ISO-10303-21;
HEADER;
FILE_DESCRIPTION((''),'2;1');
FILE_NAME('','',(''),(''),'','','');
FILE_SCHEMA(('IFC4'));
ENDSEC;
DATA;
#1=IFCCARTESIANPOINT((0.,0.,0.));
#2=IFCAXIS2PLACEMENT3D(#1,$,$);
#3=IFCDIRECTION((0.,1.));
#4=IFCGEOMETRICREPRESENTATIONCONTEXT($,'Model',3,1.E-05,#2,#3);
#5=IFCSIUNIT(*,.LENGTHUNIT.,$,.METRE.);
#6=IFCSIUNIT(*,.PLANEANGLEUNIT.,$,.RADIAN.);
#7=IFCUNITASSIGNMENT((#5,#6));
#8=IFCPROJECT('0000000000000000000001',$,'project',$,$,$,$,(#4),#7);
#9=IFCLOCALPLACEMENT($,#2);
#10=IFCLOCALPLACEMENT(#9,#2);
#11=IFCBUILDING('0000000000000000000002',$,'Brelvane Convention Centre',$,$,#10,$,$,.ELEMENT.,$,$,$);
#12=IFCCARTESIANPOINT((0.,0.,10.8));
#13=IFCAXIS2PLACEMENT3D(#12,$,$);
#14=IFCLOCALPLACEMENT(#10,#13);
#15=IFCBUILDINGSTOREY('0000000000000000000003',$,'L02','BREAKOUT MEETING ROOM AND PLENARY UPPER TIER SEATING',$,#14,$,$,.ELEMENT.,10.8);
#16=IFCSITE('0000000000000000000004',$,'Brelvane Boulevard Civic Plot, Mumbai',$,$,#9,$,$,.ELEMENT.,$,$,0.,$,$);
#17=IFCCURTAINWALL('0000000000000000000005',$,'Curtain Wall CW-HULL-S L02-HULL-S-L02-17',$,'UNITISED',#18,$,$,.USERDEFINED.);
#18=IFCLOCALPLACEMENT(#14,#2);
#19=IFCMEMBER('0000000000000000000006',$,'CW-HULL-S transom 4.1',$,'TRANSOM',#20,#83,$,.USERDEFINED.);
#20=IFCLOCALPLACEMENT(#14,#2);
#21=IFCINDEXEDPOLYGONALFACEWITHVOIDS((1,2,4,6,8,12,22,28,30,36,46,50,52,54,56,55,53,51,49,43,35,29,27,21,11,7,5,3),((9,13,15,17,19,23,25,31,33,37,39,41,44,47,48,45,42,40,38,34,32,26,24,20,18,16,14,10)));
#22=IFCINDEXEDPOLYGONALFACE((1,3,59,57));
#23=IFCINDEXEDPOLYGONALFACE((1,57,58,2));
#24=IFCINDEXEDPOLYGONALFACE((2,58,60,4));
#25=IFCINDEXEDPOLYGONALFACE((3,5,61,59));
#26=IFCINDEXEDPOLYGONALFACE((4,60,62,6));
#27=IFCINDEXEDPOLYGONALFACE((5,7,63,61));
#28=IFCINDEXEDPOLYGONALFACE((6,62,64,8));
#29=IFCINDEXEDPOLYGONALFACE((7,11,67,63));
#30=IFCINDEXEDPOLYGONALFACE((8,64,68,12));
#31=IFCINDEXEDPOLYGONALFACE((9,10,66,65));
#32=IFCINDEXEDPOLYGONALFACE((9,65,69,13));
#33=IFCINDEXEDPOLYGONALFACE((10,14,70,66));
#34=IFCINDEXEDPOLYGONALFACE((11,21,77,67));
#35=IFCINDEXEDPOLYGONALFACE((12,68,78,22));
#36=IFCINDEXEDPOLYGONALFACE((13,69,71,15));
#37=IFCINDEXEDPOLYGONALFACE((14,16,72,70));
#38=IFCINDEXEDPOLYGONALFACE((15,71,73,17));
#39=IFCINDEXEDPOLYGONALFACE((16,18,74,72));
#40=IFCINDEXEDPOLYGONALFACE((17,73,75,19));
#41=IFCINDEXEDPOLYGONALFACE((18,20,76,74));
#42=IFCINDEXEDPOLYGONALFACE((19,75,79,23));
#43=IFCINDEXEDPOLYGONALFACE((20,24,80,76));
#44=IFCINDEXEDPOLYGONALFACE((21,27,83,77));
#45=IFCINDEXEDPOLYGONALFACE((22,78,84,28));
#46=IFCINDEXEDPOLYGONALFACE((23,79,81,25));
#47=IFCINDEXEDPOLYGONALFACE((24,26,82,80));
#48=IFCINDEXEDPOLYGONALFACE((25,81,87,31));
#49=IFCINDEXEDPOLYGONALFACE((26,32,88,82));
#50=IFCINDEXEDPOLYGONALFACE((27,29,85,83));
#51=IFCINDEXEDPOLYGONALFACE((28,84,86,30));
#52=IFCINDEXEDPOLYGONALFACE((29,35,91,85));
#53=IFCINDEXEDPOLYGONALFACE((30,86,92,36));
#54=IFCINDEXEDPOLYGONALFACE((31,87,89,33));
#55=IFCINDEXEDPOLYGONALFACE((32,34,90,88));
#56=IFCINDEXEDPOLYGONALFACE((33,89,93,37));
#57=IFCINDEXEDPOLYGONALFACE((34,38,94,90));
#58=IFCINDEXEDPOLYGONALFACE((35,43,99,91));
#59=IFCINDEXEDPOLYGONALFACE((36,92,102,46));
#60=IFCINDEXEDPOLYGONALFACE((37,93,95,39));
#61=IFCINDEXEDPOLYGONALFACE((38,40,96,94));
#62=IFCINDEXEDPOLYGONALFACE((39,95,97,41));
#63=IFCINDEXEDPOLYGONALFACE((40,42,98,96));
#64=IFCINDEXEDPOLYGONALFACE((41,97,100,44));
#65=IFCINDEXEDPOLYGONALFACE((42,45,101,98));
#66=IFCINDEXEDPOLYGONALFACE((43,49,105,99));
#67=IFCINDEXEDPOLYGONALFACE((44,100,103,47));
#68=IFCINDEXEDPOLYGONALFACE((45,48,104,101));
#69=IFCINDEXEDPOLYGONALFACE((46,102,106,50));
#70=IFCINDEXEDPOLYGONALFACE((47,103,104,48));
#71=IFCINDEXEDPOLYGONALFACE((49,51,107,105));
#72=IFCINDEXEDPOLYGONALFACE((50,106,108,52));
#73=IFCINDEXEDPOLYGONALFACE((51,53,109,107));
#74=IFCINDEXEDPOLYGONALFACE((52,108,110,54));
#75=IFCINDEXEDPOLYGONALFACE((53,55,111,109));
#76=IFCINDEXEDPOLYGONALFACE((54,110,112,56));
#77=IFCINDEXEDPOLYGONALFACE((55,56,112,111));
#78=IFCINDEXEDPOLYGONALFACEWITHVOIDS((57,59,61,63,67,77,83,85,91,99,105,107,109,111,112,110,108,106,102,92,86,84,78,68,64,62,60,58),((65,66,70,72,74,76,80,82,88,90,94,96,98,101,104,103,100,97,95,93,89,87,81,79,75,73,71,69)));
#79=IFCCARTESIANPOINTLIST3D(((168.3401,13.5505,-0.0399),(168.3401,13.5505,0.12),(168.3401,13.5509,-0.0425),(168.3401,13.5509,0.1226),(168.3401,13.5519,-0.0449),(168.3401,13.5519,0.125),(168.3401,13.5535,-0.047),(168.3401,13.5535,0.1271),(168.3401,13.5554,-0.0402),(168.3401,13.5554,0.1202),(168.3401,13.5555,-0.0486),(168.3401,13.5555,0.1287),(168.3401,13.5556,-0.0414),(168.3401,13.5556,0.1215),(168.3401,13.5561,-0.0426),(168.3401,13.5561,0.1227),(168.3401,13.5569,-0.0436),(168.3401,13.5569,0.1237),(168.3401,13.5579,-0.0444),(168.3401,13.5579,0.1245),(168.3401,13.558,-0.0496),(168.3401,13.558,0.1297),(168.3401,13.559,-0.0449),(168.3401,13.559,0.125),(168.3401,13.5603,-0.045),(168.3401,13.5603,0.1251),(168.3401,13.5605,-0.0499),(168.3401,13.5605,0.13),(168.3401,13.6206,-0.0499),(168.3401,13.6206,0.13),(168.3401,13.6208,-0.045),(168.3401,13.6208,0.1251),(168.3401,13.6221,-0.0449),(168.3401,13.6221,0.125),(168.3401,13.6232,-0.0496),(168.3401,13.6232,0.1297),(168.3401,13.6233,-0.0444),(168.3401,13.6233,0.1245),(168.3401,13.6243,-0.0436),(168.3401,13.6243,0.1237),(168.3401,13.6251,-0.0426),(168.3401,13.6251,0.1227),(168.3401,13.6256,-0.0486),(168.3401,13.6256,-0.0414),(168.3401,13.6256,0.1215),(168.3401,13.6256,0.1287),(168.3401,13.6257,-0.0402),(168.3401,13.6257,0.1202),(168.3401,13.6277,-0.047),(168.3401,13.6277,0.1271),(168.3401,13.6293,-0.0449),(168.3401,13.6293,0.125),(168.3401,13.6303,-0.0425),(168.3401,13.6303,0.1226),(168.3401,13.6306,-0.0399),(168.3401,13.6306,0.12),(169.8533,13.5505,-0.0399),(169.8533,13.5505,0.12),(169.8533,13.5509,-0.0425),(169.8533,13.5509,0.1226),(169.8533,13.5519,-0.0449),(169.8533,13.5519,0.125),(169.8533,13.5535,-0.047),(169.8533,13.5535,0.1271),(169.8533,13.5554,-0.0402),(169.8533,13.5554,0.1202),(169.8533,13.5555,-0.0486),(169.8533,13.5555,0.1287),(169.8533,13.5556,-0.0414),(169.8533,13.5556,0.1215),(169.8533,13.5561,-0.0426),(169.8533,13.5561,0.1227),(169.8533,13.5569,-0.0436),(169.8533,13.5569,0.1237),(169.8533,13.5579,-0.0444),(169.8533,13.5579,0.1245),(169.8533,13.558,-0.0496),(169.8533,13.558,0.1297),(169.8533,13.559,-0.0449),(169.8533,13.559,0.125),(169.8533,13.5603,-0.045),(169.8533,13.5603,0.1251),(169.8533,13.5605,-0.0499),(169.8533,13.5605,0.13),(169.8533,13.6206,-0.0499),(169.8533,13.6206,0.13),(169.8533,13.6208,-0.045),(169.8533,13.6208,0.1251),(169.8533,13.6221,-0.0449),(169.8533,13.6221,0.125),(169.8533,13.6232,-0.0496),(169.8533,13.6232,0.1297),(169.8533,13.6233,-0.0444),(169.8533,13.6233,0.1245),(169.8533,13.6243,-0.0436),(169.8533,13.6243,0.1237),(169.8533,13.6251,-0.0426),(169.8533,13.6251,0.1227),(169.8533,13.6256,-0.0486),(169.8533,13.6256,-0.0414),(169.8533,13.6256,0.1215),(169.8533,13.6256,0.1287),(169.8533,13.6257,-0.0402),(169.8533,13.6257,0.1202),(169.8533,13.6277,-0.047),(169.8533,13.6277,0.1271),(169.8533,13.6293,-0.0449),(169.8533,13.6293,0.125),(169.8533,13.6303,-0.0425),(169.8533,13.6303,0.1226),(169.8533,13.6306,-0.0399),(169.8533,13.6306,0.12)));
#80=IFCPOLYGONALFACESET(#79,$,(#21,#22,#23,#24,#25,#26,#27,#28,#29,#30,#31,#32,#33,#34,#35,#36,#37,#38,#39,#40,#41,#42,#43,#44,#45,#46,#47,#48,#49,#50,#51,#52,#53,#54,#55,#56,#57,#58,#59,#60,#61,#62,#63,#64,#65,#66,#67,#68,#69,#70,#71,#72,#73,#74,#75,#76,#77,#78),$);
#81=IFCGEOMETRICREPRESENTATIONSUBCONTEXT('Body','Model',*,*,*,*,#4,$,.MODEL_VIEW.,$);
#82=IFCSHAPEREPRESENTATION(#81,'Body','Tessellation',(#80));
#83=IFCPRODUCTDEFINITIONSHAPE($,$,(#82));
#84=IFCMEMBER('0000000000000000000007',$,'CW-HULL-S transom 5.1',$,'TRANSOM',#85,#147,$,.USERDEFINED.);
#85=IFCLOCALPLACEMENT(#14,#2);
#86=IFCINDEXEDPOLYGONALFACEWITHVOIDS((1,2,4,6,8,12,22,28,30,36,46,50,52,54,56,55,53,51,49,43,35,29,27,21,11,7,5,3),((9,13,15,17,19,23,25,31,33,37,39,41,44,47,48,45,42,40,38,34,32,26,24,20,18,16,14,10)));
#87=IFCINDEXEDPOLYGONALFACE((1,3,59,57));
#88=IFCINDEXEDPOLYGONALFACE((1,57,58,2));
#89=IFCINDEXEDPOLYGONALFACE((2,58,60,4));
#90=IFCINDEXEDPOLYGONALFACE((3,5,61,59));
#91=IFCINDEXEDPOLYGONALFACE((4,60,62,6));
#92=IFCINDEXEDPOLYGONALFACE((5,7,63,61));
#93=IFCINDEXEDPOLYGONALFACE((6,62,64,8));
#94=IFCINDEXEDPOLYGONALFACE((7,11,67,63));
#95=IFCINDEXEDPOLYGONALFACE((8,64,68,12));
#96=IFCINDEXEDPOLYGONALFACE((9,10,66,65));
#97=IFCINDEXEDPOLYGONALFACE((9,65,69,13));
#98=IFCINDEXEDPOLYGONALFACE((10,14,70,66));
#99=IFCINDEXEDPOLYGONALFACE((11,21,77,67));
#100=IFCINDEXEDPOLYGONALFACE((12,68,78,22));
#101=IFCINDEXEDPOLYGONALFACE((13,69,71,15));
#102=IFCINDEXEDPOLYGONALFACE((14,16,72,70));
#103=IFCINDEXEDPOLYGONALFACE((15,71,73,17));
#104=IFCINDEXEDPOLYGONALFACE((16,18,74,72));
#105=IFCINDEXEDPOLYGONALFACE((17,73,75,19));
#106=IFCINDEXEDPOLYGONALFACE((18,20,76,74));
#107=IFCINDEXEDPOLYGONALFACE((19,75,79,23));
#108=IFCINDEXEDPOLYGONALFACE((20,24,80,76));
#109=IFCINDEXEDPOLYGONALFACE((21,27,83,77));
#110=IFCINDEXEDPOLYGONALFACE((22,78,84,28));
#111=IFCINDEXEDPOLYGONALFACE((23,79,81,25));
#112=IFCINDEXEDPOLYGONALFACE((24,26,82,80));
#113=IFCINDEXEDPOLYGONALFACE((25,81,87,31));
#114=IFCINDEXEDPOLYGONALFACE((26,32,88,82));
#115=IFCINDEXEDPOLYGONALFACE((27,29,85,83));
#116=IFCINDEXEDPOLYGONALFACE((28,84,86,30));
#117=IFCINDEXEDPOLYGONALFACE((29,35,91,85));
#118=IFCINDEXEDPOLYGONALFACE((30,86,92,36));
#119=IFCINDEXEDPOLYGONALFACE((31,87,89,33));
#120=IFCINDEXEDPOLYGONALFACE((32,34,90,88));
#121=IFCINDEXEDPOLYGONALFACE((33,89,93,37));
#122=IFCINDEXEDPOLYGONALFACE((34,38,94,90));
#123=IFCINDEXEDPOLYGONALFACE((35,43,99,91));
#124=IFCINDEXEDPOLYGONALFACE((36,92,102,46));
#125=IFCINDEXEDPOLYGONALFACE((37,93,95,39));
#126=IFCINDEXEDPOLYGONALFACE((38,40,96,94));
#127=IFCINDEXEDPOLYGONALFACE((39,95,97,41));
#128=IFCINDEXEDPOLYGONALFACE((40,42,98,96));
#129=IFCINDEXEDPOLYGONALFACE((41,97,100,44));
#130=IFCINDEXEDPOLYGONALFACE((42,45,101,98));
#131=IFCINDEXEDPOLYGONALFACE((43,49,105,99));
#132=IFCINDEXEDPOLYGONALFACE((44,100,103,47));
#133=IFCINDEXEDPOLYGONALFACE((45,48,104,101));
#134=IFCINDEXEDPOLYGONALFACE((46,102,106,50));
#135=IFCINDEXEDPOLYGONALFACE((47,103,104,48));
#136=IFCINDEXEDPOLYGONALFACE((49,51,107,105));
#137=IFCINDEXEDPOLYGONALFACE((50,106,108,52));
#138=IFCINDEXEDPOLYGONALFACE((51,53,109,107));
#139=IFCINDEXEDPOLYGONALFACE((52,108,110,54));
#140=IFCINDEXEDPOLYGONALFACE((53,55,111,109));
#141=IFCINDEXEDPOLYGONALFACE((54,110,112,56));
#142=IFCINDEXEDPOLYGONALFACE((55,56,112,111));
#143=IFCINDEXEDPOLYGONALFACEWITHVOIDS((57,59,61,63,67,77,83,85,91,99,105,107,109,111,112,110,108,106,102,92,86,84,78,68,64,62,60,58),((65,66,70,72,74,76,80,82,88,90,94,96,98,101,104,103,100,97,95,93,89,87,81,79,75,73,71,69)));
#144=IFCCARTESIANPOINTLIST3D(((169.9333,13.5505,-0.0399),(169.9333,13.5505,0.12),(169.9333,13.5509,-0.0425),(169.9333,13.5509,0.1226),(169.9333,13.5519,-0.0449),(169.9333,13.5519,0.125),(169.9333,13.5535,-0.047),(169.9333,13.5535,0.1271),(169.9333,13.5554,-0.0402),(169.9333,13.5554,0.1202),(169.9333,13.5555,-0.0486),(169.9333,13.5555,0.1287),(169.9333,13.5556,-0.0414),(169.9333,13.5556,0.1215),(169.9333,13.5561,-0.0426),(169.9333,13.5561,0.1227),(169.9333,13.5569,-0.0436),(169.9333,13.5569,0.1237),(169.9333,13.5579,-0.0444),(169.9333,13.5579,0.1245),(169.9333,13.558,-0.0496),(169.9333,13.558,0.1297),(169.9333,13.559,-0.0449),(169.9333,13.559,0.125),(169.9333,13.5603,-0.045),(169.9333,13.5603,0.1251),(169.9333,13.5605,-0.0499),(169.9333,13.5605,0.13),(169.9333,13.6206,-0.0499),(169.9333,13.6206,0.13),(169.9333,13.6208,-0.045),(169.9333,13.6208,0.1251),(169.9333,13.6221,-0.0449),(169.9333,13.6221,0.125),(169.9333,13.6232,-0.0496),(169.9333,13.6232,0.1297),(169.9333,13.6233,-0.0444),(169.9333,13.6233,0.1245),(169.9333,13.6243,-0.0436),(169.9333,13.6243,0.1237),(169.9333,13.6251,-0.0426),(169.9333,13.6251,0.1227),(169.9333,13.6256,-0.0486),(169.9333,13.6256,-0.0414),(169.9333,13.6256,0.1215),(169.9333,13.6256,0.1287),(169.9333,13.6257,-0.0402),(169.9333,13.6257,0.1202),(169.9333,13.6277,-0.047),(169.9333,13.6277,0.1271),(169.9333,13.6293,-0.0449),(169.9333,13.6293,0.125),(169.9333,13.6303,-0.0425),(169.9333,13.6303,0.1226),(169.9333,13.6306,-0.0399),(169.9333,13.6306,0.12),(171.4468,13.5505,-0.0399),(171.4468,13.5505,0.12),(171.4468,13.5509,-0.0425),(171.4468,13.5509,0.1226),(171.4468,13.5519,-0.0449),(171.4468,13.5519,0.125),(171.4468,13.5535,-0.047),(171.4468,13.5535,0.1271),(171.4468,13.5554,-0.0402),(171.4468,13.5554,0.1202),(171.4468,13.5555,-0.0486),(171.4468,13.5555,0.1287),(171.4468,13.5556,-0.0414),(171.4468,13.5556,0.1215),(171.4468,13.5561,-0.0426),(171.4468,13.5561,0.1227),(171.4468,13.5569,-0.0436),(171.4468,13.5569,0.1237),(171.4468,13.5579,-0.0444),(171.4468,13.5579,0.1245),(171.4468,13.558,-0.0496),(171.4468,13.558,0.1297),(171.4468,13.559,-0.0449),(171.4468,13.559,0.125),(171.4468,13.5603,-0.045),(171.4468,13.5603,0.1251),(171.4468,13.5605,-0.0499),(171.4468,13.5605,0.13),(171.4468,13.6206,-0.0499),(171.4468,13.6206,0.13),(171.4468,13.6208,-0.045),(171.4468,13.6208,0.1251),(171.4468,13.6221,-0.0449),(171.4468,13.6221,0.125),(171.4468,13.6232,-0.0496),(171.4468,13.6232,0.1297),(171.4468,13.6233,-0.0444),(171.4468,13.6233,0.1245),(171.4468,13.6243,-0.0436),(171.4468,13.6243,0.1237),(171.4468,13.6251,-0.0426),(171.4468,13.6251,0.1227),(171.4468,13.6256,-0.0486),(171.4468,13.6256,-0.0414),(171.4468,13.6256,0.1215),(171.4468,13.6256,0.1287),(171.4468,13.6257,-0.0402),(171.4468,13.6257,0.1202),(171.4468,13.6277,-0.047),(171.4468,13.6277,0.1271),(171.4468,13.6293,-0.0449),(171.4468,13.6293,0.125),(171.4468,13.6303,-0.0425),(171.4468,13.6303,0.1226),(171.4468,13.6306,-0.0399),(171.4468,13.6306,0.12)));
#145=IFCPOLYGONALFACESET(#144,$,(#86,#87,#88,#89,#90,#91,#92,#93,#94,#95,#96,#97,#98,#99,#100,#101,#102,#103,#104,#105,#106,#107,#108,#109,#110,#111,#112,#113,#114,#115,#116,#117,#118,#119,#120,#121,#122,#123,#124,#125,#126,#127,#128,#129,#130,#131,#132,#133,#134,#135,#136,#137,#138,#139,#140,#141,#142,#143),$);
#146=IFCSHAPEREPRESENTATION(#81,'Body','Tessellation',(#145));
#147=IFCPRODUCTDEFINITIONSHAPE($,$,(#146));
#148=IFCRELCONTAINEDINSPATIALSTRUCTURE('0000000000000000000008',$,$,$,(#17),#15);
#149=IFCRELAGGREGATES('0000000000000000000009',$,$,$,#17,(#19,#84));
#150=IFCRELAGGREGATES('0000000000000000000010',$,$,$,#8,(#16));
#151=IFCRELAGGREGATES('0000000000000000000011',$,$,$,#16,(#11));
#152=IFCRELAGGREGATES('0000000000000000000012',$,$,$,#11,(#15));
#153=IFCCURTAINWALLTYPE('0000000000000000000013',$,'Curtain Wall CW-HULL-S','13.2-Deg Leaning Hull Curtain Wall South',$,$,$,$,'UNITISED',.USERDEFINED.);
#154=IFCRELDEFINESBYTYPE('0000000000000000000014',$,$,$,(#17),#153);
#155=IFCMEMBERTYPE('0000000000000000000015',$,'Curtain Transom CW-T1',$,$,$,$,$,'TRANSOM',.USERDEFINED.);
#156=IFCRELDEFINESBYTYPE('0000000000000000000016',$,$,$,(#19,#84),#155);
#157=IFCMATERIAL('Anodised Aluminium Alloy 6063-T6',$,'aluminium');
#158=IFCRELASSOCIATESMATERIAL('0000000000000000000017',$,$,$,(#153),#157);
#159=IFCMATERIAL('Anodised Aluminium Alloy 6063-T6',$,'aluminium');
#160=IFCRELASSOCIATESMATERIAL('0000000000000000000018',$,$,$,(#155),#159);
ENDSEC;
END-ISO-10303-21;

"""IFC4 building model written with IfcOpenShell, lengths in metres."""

from ifc_helpers import new_model, si_unit, direction, frame, origin, origin_2d, place, context, subcontext, project, spatial, hollow_rectangle, extrude, material, material_profile, profile_set, type_object, element, aggregate, save


model = new_model("IFC4")

# Units and contexts
model_context = context("Model", 3, precision=1e-05, world=origin(), true_north=direction((0.0, 1.0)))
body_context = subcontext(model_context, "Body", "Model", "MODEL_VIEW")
ifc_project = project(units=[si_unit("LENGTHUNIT", "METRE"), si_unit("PLANEANGLEUNIT", "RADIAN")], contexts=[model_context])

# Site, building, storey
site_placement = place(None, origin())
site = spatial("IfcSite", under=ifc_project, at=site_placement, Name="Brelvane Boulevard Civic Plot, Mumbai", CompositionType="ELEMENT", RefElevation=0.0)
building_placement = place(site_placement, origin())
building = spatial("IfcBuilding", under=site, at=building_placement, Name="Brelvane Convention Centre", CompositionType="ELEMENT")
storey_placement = place(building_placement, frame((0.0, 0.0, 10.8)))
storey = spatial("IfcBuildingStorey", under=building, at=storey_placement, Name="L02", Description="BREAKOUT MEETING ROOM AND PLENARY UPPER TIER SEATING", CompositionType="ELEMENT", Elevation=10.8)

# Curtain wall
ifc_material_1 = material(Name="Anodised Aluminium Alloy 6063-T6", Category="aluminium")
curtain_wall_type = type_object("IfcCurtainWallType", Name="Curtain Wall CW-HULL-S", Description="13.2-Deg Leaning Hull Curtain Wall South", ElementType="UNITISED", PredefinedType="USERDEFINED", material=ifc_material_1)
curtain_wall_1_placement = place(storey_placement, origin())
curtain_wall_1 = element("IfcCurtainWall", 1, at=curtain_wall_1_placement, inside=storey, type_object=curtain_wall_type, Name="Curtain Wall CW-HULL-S L02-HULL-S-L02-17", ObjectType="UNITISED", PredefinedType="USERDEFINED")

# Members
ifc_material_2 = material(Name="Anodised Aluminium Alloy 6063-T6", Category="aluminium")
ifc_material_profile_1 = material_profile(ifc_material_2, hollow_rectangle(XDim=0.0801, YDim=0.1799, WallThickness=0.0049, InnerFilletRadius=0.0049, OuterFilletRadius=0.01, at=origin_2d()), Name="ALU-T 180x80x5.0")
ifc_profile_set_1 = profile_set([ifc_material_profile_1], Name="Anodised Aluminium Alloy 6063-T6")
member_type_1 = type_object("IfcMemberType", Name="Curtain Transom CW-T1", ElementType="TRANSOM", PredefinedType="USERDEFINED", material=ifc_profile_set_1)
member_1_placement = place(storey_placement, frame((168.3401, 13.5906, 0.04), z_axis=(1.0, 0.0, 0.0), x_axis=(0.0, 1.0, 0.0)))
member_1 = element("IfcMember", 2, at=member_1_placement, type_object=member_type_1, Name="CW-HULL-S transom 4.1", ObjectType="TRANSOM", PredefinedType="USERDEFINED", context=body_context, shape_type="SweptSolid", body=[
    extrude(hollow_rectangle(XDim=0.0801, YDim=0.1799, WallThickness=0.0049, InnerFilletRadius=0.0049, OuterFilletRadius=0.01, at=origin_2d()), origin(), (0.0, 0.0, 1.0), 1.5132),
])
member_2_placement = place(storey_placement, frame((169.9333, 13.5906, 0.04), z_axis=(1.0, 0.0, 0.0), x_axis=(0.0, 1.0, 0.0)))
member_2 = element("IfcMember", 3, at=member_2_placement, type_object=member_type_1, Name="CW-HULL-S transom 5.1", ObjectType="TRANSOM", PredefinedType="USERDEFINED", context=body_context, shape_type="SweptSolid", body=[
    extrude(hollow_rectangle(XDim=0.0801, YDim=0.1799, WallThickness=0.0049, InnerFilletRadius=0.0049, OuterFilletRadius=0.01, at=origin_2d()), origin(), (0.0, 0.0, 1.0), 1.5134),
])
aggregate(curtain_wall_1, [member_1, member_2])

save(model, "model.ifc")
